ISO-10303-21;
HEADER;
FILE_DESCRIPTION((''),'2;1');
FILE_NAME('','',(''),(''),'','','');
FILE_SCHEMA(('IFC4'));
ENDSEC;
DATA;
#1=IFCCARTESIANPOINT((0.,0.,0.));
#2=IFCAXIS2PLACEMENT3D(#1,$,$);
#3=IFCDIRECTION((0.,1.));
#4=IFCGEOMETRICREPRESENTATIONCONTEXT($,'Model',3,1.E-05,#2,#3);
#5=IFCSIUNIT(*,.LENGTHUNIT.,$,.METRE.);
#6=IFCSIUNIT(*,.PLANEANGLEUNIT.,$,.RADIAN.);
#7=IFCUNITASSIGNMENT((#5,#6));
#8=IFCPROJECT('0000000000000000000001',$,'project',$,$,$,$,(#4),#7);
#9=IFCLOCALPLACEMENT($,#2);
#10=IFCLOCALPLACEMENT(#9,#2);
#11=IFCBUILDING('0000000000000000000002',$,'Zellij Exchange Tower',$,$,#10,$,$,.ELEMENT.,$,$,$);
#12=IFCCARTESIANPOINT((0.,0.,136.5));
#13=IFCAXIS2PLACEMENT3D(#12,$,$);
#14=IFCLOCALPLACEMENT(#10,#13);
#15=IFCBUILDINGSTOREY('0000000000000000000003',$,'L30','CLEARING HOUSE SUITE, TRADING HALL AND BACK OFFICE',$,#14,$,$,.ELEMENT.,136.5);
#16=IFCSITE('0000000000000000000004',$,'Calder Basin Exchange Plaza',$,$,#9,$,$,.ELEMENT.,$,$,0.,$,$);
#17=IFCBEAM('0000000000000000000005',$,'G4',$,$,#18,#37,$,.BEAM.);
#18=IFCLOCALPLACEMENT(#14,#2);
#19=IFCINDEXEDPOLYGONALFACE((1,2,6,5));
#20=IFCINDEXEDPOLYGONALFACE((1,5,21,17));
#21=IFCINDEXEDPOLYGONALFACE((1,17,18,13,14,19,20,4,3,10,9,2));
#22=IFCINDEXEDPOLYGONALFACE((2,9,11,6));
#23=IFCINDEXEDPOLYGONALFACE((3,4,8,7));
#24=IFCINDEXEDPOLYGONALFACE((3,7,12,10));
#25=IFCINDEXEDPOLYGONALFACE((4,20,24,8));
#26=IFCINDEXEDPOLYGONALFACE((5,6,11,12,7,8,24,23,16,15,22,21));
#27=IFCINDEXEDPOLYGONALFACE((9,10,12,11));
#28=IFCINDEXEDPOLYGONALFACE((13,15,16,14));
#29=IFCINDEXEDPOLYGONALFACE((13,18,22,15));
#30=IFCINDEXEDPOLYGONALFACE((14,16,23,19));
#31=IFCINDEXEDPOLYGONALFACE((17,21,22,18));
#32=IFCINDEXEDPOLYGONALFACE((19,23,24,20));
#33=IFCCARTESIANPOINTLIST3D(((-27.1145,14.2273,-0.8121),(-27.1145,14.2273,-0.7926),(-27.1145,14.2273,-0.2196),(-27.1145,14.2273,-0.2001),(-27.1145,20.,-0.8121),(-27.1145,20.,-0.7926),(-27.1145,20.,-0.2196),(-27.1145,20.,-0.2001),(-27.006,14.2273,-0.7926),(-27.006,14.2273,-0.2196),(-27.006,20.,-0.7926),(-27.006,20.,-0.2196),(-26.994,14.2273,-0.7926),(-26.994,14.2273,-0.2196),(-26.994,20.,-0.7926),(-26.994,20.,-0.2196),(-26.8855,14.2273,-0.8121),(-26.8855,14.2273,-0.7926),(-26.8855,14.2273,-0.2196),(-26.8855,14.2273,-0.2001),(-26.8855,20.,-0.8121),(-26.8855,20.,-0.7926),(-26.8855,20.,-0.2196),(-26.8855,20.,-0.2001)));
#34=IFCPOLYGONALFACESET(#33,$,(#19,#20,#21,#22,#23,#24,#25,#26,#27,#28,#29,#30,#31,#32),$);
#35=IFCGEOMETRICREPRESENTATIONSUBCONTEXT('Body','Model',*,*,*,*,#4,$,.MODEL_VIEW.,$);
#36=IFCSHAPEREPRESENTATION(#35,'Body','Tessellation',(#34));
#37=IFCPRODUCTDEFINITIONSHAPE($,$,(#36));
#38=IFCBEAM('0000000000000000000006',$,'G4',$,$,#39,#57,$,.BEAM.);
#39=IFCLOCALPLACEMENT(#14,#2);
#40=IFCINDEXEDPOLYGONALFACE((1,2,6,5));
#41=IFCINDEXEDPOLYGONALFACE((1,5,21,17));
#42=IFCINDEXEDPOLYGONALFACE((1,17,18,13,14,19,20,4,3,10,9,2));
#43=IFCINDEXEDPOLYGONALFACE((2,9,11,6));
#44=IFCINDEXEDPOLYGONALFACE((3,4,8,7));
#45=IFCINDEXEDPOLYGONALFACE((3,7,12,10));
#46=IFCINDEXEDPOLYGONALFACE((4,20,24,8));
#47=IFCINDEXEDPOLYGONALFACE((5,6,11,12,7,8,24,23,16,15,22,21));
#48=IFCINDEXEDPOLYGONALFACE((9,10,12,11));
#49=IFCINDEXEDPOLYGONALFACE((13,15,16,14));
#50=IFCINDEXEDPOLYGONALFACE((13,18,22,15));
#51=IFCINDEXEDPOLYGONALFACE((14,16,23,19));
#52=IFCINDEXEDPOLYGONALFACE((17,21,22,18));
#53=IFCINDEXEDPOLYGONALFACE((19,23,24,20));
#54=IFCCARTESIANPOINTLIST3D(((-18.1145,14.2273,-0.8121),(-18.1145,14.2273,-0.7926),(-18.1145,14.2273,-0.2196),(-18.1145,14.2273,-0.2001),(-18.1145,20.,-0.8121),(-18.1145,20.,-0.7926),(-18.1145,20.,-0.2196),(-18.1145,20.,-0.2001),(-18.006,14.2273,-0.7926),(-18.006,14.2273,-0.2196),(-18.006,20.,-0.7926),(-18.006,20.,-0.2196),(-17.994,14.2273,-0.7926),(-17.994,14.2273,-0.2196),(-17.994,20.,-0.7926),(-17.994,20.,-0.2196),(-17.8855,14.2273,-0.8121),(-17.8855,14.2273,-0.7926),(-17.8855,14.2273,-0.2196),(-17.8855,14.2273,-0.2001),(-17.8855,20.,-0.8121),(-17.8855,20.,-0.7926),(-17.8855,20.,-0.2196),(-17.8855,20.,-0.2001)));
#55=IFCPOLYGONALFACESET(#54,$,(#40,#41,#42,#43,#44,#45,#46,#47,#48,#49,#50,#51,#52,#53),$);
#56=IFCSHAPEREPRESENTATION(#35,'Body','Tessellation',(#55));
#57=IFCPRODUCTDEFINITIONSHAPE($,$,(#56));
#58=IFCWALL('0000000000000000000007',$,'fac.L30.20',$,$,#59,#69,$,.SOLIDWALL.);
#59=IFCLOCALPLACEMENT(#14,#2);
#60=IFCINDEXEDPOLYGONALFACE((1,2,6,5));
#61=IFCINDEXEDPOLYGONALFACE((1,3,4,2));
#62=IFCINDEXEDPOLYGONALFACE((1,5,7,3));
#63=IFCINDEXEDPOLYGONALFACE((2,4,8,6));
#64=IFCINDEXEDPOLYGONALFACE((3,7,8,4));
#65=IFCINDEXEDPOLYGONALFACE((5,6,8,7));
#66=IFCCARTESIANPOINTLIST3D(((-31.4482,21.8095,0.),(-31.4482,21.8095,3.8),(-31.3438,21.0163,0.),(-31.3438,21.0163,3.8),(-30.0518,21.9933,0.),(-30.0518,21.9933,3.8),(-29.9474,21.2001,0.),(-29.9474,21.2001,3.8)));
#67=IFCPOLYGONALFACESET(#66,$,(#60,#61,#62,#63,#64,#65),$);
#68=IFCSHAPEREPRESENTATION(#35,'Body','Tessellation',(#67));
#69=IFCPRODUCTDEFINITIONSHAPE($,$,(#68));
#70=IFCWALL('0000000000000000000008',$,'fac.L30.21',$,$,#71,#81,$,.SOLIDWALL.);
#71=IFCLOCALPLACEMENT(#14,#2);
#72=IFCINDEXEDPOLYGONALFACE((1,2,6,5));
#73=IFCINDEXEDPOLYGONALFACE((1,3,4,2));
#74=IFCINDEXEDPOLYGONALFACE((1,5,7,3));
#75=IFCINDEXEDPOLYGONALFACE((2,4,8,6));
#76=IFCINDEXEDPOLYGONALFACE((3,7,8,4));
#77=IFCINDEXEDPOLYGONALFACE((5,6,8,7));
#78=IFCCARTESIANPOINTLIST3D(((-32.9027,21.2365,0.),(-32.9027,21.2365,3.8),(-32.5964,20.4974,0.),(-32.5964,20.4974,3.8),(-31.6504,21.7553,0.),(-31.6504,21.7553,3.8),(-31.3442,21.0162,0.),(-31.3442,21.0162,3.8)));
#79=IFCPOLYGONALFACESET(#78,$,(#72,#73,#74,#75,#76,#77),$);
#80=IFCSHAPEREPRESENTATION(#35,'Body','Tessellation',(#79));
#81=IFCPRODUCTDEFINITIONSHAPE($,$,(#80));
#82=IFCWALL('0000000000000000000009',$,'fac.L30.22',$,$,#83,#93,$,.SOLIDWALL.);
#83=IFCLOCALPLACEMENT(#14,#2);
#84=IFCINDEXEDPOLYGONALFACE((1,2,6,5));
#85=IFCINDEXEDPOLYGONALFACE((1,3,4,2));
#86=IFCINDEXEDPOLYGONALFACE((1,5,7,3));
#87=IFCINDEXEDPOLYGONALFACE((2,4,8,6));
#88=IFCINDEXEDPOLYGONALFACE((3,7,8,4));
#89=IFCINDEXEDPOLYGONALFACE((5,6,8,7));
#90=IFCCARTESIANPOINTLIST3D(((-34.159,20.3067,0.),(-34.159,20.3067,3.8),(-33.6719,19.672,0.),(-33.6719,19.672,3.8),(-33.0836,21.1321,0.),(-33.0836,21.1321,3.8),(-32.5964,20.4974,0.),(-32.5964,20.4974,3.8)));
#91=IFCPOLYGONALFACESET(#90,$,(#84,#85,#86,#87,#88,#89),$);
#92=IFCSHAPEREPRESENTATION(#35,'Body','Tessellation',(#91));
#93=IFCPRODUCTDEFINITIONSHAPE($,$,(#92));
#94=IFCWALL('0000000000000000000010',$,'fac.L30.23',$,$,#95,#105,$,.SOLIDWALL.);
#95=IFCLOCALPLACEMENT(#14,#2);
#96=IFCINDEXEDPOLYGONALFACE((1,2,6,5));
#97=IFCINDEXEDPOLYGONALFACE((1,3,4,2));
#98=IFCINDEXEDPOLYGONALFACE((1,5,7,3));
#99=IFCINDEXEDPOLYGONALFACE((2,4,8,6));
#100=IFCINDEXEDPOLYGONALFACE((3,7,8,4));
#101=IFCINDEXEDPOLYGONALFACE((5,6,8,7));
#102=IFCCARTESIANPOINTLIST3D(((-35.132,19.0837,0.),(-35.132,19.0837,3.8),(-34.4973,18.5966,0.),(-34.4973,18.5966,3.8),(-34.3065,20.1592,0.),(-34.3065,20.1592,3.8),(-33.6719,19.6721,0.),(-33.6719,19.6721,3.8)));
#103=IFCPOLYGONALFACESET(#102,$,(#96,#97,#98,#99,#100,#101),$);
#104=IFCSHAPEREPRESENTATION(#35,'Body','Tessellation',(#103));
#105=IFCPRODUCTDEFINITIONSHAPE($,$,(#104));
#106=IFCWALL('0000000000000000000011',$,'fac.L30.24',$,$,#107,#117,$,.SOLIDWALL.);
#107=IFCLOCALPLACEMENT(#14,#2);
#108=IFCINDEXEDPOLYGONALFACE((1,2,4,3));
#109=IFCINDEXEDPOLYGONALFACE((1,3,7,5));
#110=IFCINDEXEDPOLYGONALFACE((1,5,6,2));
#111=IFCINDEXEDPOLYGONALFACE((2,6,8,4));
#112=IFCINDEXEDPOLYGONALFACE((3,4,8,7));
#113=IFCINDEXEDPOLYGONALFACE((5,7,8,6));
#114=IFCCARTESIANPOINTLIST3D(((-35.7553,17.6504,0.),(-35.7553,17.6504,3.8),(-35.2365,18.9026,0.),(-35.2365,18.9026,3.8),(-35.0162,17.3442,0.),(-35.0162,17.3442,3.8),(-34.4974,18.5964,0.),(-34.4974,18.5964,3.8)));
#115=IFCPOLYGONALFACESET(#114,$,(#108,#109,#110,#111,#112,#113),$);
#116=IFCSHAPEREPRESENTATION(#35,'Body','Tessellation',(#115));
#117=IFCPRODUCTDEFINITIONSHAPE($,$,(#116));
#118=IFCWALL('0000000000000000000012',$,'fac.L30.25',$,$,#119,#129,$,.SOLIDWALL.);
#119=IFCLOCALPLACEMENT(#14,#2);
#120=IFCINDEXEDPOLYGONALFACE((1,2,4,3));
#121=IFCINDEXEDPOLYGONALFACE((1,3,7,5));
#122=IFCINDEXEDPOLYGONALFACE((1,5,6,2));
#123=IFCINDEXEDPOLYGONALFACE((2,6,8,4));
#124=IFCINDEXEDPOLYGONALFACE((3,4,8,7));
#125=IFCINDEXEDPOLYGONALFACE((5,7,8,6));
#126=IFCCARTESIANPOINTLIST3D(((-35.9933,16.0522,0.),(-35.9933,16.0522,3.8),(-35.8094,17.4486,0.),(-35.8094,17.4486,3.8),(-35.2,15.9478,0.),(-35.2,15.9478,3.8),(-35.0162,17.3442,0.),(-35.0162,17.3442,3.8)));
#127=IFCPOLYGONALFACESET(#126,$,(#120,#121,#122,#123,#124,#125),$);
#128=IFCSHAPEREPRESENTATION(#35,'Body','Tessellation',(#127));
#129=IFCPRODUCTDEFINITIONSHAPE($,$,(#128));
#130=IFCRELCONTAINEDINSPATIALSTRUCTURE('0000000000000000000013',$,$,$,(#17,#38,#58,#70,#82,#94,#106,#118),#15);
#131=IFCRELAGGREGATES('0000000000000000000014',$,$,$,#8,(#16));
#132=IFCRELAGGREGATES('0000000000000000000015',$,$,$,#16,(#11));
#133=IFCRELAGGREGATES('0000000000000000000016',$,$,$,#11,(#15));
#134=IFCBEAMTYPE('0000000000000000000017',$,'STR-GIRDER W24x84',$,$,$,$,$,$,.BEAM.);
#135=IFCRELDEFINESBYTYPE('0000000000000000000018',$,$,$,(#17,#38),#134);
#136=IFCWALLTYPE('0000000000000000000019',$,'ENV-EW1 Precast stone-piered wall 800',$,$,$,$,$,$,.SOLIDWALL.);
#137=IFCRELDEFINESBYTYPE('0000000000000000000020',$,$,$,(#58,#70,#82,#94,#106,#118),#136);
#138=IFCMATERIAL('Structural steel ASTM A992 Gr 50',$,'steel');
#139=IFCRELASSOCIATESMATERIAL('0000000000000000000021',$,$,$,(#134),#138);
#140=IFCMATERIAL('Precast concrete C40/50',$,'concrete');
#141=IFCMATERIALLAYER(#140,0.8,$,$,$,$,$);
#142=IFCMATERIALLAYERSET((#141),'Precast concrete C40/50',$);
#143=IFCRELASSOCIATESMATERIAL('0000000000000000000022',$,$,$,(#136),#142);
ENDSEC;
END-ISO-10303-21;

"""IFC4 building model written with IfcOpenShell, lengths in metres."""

from ifc_helpers import new_model, si_unit, direction, frame, frame_2d, origin, origin_2d, place, context, subcontext, project, spatial, rectangle, i_section, extrude, material, layer, layer_set, material_profile, profile_set, type_object, element, save


model = new_model("IFC4")

# Units and contexts
model_context = context("Model", 3, precision=1e-05, world=origin(), true_north=direction((0.0, 1.0)))
body_context = subcontext(model_context, "Body", "Model", "MODEL_VIEW")
ifc_project = project(units=[si_unit("LENGTHUNIT", "METRE"), si_unit("PLANEANGLEUNIT", "RADIAN")], contexts=[model_context])

# Site, building, storey
site_placement = place(None, origin())
site = spatial("IfcSite", under=ifc_project, at=site_placement, Name="Calder Basin Exchange Plaza", CompositionType="ELEMENT", RefElevation=0.0)
building_placement = place(site_placement, origin())
building = spatial("IfcBuilding", under=site, at=building_placement, Name="Zellij Exchange Tower", CompositionType="ELEMENT")
storey_placement = place(building_placement, frame((0.0, 0.0, 136.5)))
storey = spatial("IfcBuildingStorey", under=building, at=storey_placement, Name="L30", Description="CLEARING HOUSE SUITE, TRADING HALL AND BACK OFFICE", CompositionType="ELEMENT", Elevation=136.5)

# Beams
ifc_material_1 = material(Name="Structural steel ASTM A992 Gr 50", Category="steel")
ifc_material_profile_1 = material_profile(ifc_material_1, i_section(OverallWidth=0.229, OverallDepth=0.6121, WebThickness=0.012, FlangeThickness=0.0195, at=origin_2d()), Name="W24x84")
ifc_profile_set_1 = profile_set([ifc_material_profile_1], Name="Structural steel ASTM A992 Gr 50")
beam_type = type_object("IfcBeamType", Name="STR-GIRDER W24x84", PredefinedType="BEAM", material=ifc_profile_set_1)
for number, where, z_axis, x_axis, name in (
    (1, (-27.0, 14.2273, -0.5061), (0.0, 1.0, 0.0), (-1.0, 0.0, 0.0), "G4"),
    (2, (-18.0, 14.2273, -0.5061), (0.0, 1.0, 0.0), (-1.0, 0.0, 0.0), "G4"),
):
    element("IfcBeam", number, at=place(storey_placement, frame(where, z_axis=z_axis, x_axis=x_axis)), inside=storey, type_object=beam_type, Name=name, PredefinedType="BEAM", context=body_context, shape_type="SweptSolid", body=[
        extrude(i_section(OverallWidth=0.229, OverallDepth=0.6121, WebThickness=0.012, FlangeThickness=0.0195, at=origin_2d()), origin(), (0.0, 0.0, 1.0), 5.7727),
    ])

# Walls
ifc_material_2 = material(Name="Precast concrete C40/50", Category="concrete")
ifc_layer_1 = layer(ifc_material_2, 0.8)
ifc_layer_set_1 = layer_set([ifc_layer_1], Name="Precast concrete C40/50")
wall_type_1 = type_object("IfcWallType", Name="ENV-EW1 Precast stone-piered wall 800", PredefinedType="SOLIDWALL", material=ifc_layer_set_1)
wall_1_placement = place(storey_placement, frame((-29.9998, 21.5967, 0.0), z_axis=(0.0, 0.0, 1.0), x_axis=(-0.991446, -0.130517, 0.0)))
element("IfcWall", 3, at=wall_1_placement, inside=storey, type_object=wall_type_1, Name="fac.L30.20", PredefinedType="SOLIDWALL", context=body_context, shape_type="SweptSolid", body=[
    extrude(rectangle(XDim=1.4084, YDim=0.8, at=frame_2d((0.7041, 0.0))), origin(), (0.0, 0.0, 1.0), 3.8),
])
wall_2_placement = place(storey_placement, frame((-31.4973, 21.3857, 0.0), z_axis=(0.0, 0.0, 1.0), x_axis=(-0.923848, -0.38276, 0.0)))
element("IfcWall", 4, at=wall_2_placement, inside=storey, type_object=wall_type_1, Name="fac.L30.21", PredefinedType="SOLIDWALL", context=body_context, shape_type="SweptSolid", body=[
    extrude(rectangle(XDim=1.3555, YDim=0.8, at=frame_2d((0.6777, 0.0))), origin(), (0.0, 0.0, 1.0), 3.8),
])
for number, where, z_axis, x_axis, name in (
    (5, (-32.8401, 20.8147, 0.0), (0.0, 0.0, 1.0), (-0.793273, -0.608866, 0.0), "fac.L30.22"),
    (6, (-33.9893, 19.9155, 0.0), (0.0, 0.0, 1.0), (-0.608866, -0.793273, 0.0), "fac.L30.23"),
):
    element("IfcWall", number, at=place(storey_placement, frame(where, z_axis=z_axis, x_axis=x_axis)), inside=storey, type_object=wall_type_1, Name=name, PredefinedType="SOLIDWALL", context=body_context, shape_type="SweptSolid", body=[
        extrude(rectangle(XDim=1.3557, YDim=0.8, at=frame_2d((0.6777, 0.0))), origin(), (0.0, 0.0, 1.0), 3.8),
    ])
wall_3_placement = place(storey_placement, frame((-34.8669, 18.7495, 0.0), z_axis=(0.0, 0.0, 1.0), x_axis=(-0.38276, -0.923848, 0.0)))
element("IfcWall", 7, at=wall_3_placement, inside=storey, type_object=wall_type_1, Name="fac.L30.24", PredefinedType="SOLIDWALL", context=body_context, shape_type="SweptSolid", body=[
    extrude(rectangle(XDim=1.3555, YDim=0.8, at=frame_2d((0.6777, 0.0))), origin(), (0.0, 0.0, 1.0), 3.8),
])
wall_4_placement = place(storey_placement, frame((-35.4128, 17.3962, 0.0), z_axis=(0.0, 0.0, 1.0), x_axis=(-0.130517, -0.991446, 0.0)))
element("IfcWall", 8, at=wall_4_placement, inside=storey, type_object=wall_type_1, Name="fac.L30.25", PredefinedType="SOLIDWALL", context=body_context, shape_type="SweptSolid", body=[
    extrude(rectangle(XDim=1.4084, YDim=0.8, at=frame_2d((0.7041, 0.0))), origin(), (0.0, 0.0, 1.0), 3.8),
])

save(model, "model.ifc")
